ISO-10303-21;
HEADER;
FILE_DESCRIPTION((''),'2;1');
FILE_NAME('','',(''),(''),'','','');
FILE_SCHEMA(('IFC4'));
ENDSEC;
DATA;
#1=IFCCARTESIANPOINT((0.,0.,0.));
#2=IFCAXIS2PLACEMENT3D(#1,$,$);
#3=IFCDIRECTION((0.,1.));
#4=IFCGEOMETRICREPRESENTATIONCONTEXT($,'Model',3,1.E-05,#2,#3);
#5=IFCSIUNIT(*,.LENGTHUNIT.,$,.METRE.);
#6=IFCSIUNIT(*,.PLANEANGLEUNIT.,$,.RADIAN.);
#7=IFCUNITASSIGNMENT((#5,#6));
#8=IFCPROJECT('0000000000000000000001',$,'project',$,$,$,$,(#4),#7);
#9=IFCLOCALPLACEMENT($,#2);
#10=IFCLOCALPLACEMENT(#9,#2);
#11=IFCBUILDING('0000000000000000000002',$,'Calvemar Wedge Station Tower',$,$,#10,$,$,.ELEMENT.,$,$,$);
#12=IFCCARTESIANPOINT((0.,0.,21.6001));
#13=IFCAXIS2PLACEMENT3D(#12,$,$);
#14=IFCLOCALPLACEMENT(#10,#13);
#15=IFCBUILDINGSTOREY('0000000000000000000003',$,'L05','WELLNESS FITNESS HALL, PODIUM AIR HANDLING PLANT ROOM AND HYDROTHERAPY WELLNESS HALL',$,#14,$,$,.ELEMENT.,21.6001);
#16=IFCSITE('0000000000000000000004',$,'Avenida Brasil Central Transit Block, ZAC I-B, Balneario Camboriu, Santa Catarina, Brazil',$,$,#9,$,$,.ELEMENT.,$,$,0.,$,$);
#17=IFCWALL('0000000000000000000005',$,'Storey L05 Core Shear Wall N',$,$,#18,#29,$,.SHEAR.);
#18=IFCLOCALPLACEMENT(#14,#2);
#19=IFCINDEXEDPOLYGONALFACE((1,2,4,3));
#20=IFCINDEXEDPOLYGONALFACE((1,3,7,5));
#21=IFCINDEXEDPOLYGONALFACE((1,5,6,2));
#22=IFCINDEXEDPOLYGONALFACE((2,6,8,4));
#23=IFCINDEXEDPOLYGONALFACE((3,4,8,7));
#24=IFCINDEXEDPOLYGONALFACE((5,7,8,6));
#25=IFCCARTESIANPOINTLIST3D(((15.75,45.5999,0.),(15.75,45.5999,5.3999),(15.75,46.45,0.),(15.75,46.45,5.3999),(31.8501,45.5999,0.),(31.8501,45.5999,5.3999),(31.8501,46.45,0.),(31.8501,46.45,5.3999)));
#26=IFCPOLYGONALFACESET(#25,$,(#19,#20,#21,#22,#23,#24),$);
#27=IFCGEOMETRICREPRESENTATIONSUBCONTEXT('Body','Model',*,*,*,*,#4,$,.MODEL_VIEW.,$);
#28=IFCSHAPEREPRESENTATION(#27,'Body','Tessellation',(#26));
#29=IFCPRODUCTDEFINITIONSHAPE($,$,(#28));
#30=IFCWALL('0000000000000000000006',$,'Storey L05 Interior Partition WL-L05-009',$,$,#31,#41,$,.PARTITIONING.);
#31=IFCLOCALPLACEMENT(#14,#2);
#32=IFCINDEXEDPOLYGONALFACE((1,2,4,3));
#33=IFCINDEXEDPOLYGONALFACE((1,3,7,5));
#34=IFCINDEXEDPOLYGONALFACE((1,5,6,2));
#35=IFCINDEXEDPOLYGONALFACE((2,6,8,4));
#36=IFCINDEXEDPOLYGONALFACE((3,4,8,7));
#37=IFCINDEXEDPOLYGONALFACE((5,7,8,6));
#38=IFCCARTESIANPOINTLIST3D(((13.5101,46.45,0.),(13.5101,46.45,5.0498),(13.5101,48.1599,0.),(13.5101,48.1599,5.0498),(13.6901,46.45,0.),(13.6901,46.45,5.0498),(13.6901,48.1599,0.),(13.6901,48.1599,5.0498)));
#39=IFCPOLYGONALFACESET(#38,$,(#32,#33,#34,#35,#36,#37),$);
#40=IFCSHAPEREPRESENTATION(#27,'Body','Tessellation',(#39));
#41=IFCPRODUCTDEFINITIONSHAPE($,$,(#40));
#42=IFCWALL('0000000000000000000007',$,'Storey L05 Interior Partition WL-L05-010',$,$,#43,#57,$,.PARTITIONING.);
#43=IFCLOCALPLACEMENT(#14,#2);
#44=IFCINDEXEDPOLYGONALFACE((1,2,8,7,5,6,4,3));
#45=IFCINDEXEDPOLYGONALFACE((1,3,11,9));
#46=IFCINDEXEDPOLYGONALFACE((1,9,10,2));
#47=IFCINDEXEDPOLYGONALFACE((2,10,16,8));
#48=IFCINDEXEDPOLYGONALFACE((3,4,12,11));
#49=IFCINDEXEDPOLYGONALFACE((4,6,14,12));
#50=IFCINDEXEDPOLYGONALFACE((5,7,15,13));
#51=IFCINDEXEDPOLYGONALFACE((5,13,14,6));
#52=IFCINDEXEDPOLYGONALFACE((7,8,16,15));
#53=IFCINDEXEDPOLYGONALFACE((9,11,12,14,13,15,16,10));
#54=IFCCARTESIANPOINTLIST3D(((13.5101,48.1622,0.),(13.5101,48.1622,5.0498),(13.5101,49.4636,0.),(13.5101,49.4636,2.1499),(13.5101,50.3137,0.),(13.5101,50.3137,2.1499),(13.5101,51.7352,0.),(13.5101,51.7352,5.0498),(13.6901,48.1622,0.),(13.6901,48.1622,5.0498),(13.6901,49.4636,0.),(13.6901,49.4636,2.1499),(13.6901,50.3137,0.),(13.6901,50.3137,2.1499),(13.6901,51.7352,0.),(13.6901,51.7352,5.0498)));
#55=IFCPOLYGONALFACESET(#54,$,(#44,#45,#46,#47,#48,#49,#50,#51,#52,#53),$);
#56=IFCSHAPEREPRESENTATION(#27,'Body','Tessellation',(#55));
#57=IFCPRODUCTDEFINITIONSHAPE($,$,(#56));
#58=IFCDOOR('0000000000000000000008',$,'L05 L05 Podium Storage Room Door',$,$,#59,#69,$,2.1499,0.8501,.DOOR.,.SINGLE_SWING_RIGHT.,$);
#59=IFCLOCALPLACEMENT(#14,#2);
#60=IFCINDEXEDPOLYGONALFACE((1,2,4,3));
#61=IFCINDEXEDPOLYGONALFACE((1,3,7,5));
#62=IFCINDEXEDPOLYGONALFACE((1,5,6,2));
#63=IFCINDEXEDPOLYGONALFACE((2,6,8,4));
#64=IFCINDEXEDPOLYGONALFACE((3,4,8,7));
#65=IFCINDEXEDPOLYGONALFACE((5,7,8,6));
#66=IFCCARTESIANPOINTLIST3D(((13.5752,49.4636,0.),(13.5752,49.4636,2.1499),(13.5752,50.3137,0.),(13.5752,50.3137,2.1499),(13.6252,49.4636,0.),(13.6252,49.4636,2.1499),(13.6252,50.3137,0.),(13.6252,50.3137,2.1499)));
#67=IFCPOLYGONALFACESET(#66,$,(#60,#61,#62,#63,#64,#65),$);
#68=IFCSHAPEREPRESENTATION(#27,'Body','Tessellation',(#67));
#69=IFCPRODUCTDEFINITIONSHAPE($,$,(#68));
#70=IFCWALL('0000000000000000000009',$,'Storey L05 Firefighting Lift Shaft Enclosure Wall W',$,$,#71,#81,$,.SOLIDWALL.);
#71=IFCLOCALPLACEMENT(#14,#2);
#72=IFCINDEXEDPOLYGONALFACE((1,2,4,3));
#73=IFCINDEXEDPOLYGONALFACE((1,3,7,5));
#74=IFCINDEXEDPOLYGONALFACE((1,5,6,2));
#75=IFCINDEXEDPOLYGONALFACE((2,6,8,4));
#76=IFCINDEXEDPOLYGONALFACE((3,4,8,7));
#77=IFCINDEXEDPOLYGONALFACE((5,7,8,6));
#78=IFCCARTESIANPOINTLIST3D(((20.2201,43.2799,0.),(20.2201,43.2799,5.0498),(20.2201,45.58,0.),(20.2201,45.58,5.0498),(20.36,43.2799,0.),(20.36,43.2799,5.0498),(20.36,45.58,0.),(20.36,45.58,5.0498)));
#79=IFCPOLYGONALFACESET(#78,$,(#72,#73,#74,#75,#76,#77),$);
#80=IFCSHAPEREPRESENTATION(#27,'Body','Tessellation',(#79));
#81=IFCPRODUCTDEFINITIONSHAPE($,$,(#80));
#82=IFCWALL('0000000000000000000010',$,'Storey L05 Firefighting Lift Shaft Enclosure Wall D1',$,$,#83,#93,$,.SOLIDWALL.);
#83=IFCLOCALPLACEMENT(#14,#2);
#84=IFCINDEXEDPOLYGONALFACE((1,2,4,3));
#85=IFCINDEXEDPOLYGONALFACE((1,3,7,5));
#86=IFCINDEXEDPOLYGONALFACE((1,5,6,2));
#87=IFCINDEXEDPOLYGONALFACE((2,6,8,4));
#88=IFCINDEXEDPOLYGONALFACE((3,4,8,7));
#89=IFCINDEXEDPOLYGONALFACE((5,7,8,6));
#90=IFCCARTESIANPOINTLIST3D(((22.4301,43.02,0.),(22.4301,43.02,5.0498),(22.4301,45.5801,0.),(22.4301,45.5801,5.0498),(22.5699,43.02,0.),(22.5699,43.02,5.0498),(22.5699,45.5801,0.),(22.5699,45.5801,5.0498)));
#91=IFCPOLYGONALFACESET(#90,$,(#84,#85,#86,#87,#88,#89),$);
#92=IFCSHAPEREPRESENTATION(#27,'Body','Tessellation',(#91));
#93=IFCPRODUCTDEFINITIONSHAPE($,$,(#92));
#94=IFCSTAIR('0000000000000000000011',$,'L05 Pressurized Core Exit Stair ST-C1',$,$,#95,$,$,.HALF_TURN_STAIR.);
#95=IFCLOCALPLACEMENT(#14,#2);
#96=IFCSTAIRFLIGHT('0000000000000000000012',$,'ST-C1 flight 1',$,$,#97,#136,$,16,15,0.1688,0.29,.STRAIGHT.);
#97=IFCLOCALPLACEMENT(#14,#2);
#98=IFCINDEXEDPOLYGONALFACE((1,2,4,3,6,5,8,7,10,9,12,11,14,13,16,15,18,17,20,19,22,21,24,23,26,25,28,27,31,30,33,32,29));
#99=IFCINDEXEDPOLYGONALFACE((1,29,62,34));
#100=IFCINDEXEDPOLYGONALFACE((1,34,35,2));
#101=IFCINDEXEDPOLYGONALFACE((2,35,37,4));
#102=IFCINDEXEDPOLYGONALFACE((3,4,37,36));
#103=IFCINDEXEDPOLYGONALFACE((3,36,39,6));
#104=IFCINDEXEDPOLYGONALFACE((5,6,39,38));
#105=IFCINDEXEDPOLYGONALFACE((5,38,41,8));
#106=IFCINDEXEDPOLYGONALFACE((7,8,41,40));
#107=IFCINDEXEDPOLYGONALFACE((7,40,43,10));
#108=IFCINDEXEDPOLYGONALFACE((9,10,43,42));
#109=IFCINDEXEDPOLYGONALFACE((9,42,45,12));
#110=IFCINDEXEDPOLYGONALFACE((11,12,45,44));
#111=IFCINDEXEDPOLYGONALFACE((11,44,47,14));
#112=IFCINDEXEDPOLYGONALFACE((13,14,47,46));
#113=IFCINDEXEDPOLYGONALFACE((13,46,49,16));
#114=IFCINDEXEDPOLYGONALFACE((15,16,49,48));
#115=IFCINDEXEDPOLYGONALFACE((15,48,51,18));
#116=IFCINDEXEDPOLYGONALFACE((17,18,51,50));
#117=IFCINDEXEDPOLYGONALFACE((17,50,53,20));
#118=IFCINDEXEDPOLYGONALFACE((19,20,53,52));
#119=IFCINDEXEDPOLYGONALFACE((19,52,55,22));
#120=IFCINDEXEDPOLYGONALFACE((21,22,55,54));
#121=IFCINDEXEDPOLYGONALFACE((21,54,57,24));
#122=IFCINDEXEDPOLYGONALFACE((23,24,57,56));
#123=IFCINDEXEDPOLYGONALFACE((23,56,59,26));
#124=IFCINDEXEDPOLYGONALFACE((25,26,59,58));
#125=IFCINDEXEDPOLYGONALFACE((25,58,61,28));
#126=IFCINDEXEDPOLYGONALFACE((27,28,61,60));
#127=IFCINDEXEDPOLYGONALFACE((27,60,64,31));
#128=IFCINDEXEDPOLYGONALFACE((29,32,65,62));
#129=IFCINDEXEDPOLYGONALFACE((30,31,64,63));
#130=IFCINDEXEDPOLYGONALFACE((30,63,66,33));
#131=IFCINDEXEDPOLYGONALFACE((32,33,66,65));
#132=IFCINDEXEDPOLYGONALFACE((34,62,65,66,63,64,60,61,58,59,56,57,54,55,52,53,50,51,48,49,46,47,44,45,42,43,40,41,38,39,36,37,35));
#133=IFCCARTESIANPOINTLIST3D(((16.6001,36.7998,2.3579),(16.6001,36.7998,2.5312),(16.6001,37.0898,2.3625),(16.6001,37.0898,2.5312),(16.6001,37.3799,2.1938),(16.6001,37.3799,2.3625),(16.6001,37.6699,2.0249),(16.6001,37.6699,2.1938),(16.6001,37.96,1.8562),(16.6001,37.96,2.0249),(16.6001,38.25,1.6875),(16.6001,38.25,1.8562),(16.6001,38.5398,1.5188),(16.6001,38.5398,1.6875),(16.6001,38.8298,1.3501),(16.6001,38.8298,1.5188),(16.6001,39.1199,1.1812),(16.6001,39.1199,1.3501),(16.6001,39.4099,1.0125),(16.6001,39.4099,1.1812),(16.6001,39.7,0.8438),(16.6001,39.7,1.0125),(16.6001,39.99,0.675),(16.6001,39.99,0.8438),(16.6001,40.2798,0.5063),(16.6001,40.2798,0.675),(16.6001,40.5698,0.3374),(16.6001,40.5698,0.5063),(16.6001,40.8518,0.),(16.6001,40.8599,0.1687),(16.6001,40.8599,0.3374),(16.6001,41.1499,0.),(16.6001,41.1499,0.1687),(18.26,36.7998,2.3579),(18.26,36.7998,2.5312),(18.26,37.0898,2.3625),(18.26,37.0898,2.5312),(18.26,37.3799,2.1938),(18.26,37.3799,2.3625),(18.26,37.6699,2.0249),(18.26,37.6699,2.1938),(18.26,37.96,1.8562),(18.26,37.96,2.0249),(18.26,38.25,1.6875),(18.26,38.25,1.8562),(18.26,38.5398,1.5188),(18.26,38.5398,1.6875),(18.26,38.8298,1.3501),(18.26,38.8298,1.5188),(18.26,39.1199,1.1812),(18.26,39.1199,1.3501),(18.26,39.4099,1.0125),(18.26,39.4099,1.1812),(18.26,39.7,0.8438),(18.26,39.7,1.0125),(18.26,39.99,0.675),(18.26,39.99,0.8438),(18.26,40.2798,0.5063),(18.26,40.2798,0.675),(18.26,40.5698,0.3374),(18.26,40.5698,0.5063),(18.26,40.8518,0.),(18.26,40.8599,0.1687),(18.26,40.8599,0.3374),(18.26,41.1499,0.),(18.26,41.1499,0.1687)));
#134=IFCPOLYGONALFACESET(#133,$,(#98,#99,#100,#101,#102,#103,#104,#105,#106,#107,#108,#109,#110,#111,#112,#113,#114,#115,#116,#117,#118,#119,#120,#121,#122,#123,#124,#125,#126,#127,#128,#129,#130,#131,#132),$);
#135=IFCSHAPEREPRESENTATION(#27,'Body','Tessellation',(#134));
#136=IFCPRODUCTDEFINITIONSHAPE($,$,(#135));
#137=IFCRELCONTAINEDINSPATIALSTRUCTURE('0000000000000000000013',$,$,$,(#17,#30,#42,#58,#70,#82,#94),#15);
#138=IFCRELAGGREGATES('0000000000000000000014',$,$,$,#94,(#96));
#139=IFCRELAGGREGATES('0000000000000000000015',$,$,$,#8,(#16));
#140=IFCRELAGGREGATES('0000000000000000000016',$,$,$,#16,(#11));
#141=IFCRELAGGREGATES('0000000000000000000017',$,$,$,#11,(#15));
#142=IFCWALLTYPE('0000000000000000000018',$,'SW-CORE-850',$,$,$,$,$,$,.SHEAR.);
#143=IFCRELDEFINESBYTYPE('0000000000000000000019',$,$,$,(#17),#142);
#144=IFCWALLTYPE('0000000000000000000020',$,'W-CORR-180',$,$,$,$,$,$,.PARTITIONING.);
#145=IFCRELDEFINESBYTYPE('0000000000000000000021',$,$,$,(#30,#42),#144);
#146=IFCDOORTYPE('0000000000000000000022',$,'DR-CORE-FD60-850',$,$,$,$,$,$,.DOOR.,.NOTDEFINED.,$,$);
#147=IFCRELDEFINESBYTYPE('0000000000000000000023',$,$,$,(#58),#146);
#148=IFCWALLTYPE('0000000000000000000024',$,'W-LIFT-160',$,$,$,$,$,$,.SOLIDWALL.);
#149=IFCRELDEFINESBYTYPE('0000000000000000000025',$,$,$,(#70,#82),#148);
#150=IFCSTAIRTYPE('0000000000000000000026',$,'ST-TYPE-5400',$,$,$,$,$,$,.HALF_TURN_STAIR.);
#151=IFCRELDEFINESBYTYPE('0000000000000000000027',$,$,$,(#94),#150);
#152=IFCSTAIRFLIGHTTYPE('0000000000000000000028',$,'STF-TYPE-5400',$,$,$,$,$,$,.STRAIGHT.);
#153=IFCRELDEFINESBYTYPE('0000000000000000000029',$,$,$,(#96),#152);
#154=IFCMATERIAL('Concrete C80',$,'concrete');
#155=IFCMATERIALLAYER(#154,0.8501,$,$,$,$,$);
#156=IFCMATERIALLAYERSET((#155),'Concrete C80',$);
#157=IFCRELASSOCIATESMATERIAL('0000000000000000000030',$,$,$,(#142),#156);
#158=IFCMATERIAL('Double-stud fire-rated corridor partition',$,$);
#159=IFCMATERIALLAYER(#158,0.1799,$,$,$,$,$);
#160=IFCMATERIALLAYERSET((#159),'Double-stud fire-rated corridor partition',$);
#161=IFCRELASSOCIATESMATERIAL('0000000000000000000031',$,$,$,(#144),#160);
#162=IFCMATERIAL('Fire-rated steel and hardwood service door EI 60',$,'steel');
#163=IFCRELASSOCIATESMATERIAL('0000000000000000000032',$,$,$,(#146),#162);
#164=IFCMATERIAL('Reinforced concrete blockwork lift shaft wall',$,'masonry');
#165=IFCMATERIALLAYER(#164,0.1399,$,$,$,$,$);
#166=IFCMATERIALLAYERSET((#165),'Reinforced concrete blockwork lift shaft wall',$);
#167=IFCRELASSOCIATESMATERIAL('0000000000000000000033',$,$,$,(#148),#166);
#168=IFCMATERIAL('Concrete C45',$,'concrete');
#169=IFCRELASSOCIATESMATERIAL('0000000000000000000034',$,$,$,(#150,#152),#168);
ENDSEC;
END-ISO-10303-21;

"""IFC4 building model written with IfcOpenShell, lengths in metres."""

from ifc_helpers import new_model, si_unit, direction, frame, frame_2d, origin, place, context, subcontext, project, spatial, polyline, rectangle, outline, extrude, source, transform, mapped, material, layer, layer_set, type_object, element, fill, aggregate, save


model = new_model("IFC4")

# Units and contexts
model_context = context("Model", 3, precision=1e-05, world=origin(), true_north=direction((0.0, 1.0)))
body_context = subcontext(model_context, "Body", "Model", "MODEL_VIEW")
ifc_project = project(units=[si_unit("LENGTHUNIT", "METRE"), si_unit("PLANEANGLEUNIT", "RADIAN")], contexts=[model_context])

# Site, building, storey
site_placement = place(None, origin())
site = spatial("IfcSite", under=ifc_project, at=site_placement, Name="Avenida Brasil Central Transit Block, ZAC I-B, Balneario Camboriu, Santa Catarina, Brazil", CompositionType="ELEMENT", RefElevation=0.0)
building_placement = place(site_placement, origin())
building = spatial("IfcBuilding", under=site, at=building_placement, Name="Calvemar Wedge Station Tower", CompositionType="ELEMENT")
storey_placement = place(building_placement, frame((0.0, 0.0, 21.6001)))
storey = spatial("IfcBuildingStorey", under=building, at=storey_placement, Name="L05", Description="WELLNESS FITNESS HALL, PODIUM AIR HANDLING PLANT ROOM AND HYDROTHERAPY WELLNESS HALL", CompositionType="ELEMENT", Elevation=21.6001)

# Walls
ifc_material_1 = material(Name="Concrete C80", Category="concrete")
ifc_layer_1 = layer(ifc_material_1, 0.8501)
ifc_layer_set_1 = layer_set([ifc_layer_1], Name="Concrete C80")
wall_type_1 = type_object("IfcWallType", Name="SW-CORE-850", PredefinedType="SHEAR", material=ifc_layer_set_1)
wall_1_placement = place(storey_placement, frame((15.75, 46.0249, 0.0), z_axis=(0.0, 0.0, 1.0), x_axis=(1.0, 0.0, 0.0)))
element("IfcWall", 1, at=wall_1_placement, inside=storey, type_object=wall_type_1, Name="Storey L05 Core Shear Wall N", PredefinedType="SHEAR", context=body_context, shape_type="SweptSolid", body=[
    extrude(rectangle(XDim=16.1001, YDim=0.8501, at=frame_2d((8.05, 0.0))), origin(), (0.0, 0.0, 1.0), 5.3999),
])
ifc_material_2 = material(Name="Double-stud fire-rated corridor partition")
ifc_layer_2 = layer(ifc_material_2, 0.1799)
ifc_layer_set_2 = layer_set([ifc_layer_2], Name="Double-stud fire-rated corridor partition")
wall_type_2 = type_object("IfcWallType", Name="W-CORR-180", PredefinedType="PARTITIONING", material=ifc_layer_set_2)
wall_2_placement = place(storey_placement, frame((13.6001, 46.45, 0.0), z_axis=(0.0, 0.0, 1.0), x_axis=(0.0, 1.0, 0.0)))
element("IfcWall", 2, at=wall_2_placement, inside=storey, type_object=wall_type_2, Name="Storey L05 Interior Partition WL-L05-009", PredefinedType="PARTITIONING", context=body_context, shape_type="SweptSolid", body=[
    extrude(rectangle(XDim=1.71, YDim=0.1799, at=frame_2d((0.855, 0.0))), origin(), (0.0, 0.0, 1.0), 5.0498),
])

# Wall, opening, door
wall_3_placement = place(storey_placement, frame((13.6001, 48.1621, 0.0), z_axis=(0.0, 0.0, 1.0), x_axis=(0.0, 1.0, 0.0)))
wall_3 = element("IfcWall", 3, at=wall_3_placement, inside=storey, type_object=wall_type_2, Name="Storey L05 Interior Partition WL-L05-010", PredefinedType="PARTITIONING", context=body_context, shape_type="SweptSolid", body=[
    extrude(rectangle(XDim=3.573, YDim=0.1799, at=frame_2d((1.7866, 0.0))), origin(), (0.0, 0.0, 1.0), 5.0498),
])
shared_shape_1 = source(origin(), body_context, "Body", "SweptSolid", [
    extrude(rectangle(XDim=0.8501, YDim=2.1499, at=frame_2d((0.425, 1.075))), frame((0.0, 0.1001, 0.0), z_axis=(0.0, -1.0, 0.0), x_axis=(1.0, 0.0, 0.0)), (0.0, 0.0, 1.0), 0.2),
])
opening_1_placement = place(wall_3_placement, frame((1.3015, 0.0, 0.0)))
opening_1 = element("IfcOpeningElement", 4, at=opening_1_placement, cuts=wall_3, PredefinedType="OPENING", context=body_context, shape_type="MappedRepresentation", body=[
    mapped(shared_shape_1, transform((0.0, 0.0, 0.0), scale=1.0)),
])
ifc_material_3 = material(Name="Fire-rated steel and hardwood service door EI 60", Category="steel")
door_type_1 = type_object("IfcDoorType", Name="DR-CORE-FD60-850", OperationType="NOTDEFINED", PredefinedType="DOOR", material=ifc_material_3)
shared_shape_2 = source(origin(), body_context, "Body", "SweptSolid", [
    extrude(rectangle(XDim=0.8501, YDim=2.1499, at=frame_2d((0.425, 1.075))), frame((0.0, 0.0249, 0.0), z_axis=(0.0, -1.0, 0.0), x_axis=(1.0, 0.0, 0.0)), (0.0, 0.0, 1.0), 0.05),
])
door_1_placement = place(opening_1_placement, origin())
door_1 = element("IfcDoor", 5, at=door_1_placement, inside=storey, type_object=door_type_1, Name="L05 L05 Podium Storage Room Door", OperationType="SINGLE_SWING_RIGHT", OverallHeight=2.1499, OverallWidth=0.8501, PredefinedType="DOOR", context=body_context, shape_type="MappedRepresentation", body=[
    mapped(shared_shape_2, transform((0.0, 0.0, 0.0), scale=1.0)),
])
fill(opening_1, door_1)

# Shared definitions
ifc_material_4 = material(Name="Reinforced concrete blockwork lift shaft wall", Category="masonry")
ifc_layer_3 = layer(ifc_material_4, 0.1399)
ifc_layer_set_3 = layer_set([ifc_layer_3], Name="Reinforced concrete blockwork lift shaft wall")
wall_type_3 = type_object("IfcWallType", Name="W-LIFT-160", PredefinedType="SOLIDWALL", material=ifc_layer_set_3)

# Walls
wall_4_placement = place(storey_placement, frame((20.29, 43.28, 0.0), z_axis=(0.0, 0.0, 1.0), x_axis=(0.0, 1.0, 0.0)))
element("IfcWall", 6, at=wall_4_placement, inside=storey, type_object=wall_type_3, Name="Storey L05 Firefighting Lift Shaft Enclosure Wall W", PredefinedType="SOLIDWALL", context=body_context, shape_type="SweptSolid", body=[
    extrude(rectangle(XDim=2.3, YDim=0.1399, at=frame_2d((1.1499, 0.0))), origin(), (0.0, 0.0, 1.0), 5.0498),
])
wall_5_placement = place(storey_placement, frame((22.5, 43.02, 0.0), z_axis=(0.0, 0.0, 1.0), x_axis=(0.0, 1.0, 0.0)))
element("IfcWall", 7, at=wall_5_placement, inside=storey, type_object=wall_type_3, Name="Storey L05 Firefighting Lift Shaft Enclosure Wall D1", PredefinedType="SOLIDWALL", context=body_context, shape_type="SweptSolid", body=[
    extrude(rectangle(XDim=2.5601, YDim=0.1399, at=frame_2d((1.28, 0.0))), origin(), (0.0, 0.0, 1.0), 5.0498),
])

# Stair, stair flight
ifc_material_5 = material(Name="Concrete C45", Category="concrete")
stair_type = type_object("IfcStairType", Name="ST-TYPE-5400", PredefinedType="HALF_TURN_STAIR", material=ifc_material_5)
stair_placement = place(storey_placement, origin())
stair = element("IfcStair", 8, at=stair_placement, inside=storey, type_object=stair_type, Name="L05 Pressurized Core Exit Stair ST-C1", PredefinedType="HALF_TURN_STAIR")
stair_flight_type = type_object("IfcStairFlightType", Name="STF-TYPE-5400", PredefinedType="STRAIGHT", material=ifc_material_5)
stair_flight_placement = place(storey_placement, frame((17.4299, 41.1499, 0.0), z_axis=(0.0, 0.0, 1.0), x_axis=(0.0, -1.0, 0.0)))
stair_flight = element("IfcStairFlight", 9, at=stair_flight_placement, type_object=stair_flight_type, Name="ST-C1 flight 1", NumberOfRisers=16, NumberOfTreads=15, PredefinedType="STRAIGHT", RiserHeight=0.1688, TreadLength=0.29, context=body_context, shape_type="SweptSolid", body=[
    extrude(outline(polyline([(0.0, 0.0), (0.0, 0.1687), (0.29, 0.1687), (0.29, 0.3374), (0.5801, 0.3374), (0.5801, 0.5063), (0.8701, 0.5063), (0.8701, 0.675), (1.1599, 0.675), (1.1599, 0.8438), (1.45, 0.8438), (1.45, 1.0125), (1.74, 1.0125), (1.74, 1.1812), (2.03, 1.1812), (2.03, 1.3501), (2.3201, 1.3501), (2.3201, 1.5188), (2.6101, 1.5188), (2.6101, 1.6875), (2.8999, 1.6875), (2.8999, 1.8562), (3.1899, 1.8562), (3.1899, 2.0249), (3.48, 2.0249), (3.48, 2.1938), (3.77, 2.1938), (3.77, 2.3625), (4.0601, 2.3625), (4.0601, 2.5312), (4.3501, 2.5312), (4.3501, 2.7), (4.3501, 2.3579), (0.2981, 0.0), (0.0, 0.0)])), frame((0.0, 0.8301, 0.0), z_axis=(0.0, -1.0, 0.0), x_axis=(1.0, 0.0, 0.0)), (0.0, 0.0, 1.0), 1.6599),
])
aggregate(stair, [stair_flight])

save(model, "model.ifc")
